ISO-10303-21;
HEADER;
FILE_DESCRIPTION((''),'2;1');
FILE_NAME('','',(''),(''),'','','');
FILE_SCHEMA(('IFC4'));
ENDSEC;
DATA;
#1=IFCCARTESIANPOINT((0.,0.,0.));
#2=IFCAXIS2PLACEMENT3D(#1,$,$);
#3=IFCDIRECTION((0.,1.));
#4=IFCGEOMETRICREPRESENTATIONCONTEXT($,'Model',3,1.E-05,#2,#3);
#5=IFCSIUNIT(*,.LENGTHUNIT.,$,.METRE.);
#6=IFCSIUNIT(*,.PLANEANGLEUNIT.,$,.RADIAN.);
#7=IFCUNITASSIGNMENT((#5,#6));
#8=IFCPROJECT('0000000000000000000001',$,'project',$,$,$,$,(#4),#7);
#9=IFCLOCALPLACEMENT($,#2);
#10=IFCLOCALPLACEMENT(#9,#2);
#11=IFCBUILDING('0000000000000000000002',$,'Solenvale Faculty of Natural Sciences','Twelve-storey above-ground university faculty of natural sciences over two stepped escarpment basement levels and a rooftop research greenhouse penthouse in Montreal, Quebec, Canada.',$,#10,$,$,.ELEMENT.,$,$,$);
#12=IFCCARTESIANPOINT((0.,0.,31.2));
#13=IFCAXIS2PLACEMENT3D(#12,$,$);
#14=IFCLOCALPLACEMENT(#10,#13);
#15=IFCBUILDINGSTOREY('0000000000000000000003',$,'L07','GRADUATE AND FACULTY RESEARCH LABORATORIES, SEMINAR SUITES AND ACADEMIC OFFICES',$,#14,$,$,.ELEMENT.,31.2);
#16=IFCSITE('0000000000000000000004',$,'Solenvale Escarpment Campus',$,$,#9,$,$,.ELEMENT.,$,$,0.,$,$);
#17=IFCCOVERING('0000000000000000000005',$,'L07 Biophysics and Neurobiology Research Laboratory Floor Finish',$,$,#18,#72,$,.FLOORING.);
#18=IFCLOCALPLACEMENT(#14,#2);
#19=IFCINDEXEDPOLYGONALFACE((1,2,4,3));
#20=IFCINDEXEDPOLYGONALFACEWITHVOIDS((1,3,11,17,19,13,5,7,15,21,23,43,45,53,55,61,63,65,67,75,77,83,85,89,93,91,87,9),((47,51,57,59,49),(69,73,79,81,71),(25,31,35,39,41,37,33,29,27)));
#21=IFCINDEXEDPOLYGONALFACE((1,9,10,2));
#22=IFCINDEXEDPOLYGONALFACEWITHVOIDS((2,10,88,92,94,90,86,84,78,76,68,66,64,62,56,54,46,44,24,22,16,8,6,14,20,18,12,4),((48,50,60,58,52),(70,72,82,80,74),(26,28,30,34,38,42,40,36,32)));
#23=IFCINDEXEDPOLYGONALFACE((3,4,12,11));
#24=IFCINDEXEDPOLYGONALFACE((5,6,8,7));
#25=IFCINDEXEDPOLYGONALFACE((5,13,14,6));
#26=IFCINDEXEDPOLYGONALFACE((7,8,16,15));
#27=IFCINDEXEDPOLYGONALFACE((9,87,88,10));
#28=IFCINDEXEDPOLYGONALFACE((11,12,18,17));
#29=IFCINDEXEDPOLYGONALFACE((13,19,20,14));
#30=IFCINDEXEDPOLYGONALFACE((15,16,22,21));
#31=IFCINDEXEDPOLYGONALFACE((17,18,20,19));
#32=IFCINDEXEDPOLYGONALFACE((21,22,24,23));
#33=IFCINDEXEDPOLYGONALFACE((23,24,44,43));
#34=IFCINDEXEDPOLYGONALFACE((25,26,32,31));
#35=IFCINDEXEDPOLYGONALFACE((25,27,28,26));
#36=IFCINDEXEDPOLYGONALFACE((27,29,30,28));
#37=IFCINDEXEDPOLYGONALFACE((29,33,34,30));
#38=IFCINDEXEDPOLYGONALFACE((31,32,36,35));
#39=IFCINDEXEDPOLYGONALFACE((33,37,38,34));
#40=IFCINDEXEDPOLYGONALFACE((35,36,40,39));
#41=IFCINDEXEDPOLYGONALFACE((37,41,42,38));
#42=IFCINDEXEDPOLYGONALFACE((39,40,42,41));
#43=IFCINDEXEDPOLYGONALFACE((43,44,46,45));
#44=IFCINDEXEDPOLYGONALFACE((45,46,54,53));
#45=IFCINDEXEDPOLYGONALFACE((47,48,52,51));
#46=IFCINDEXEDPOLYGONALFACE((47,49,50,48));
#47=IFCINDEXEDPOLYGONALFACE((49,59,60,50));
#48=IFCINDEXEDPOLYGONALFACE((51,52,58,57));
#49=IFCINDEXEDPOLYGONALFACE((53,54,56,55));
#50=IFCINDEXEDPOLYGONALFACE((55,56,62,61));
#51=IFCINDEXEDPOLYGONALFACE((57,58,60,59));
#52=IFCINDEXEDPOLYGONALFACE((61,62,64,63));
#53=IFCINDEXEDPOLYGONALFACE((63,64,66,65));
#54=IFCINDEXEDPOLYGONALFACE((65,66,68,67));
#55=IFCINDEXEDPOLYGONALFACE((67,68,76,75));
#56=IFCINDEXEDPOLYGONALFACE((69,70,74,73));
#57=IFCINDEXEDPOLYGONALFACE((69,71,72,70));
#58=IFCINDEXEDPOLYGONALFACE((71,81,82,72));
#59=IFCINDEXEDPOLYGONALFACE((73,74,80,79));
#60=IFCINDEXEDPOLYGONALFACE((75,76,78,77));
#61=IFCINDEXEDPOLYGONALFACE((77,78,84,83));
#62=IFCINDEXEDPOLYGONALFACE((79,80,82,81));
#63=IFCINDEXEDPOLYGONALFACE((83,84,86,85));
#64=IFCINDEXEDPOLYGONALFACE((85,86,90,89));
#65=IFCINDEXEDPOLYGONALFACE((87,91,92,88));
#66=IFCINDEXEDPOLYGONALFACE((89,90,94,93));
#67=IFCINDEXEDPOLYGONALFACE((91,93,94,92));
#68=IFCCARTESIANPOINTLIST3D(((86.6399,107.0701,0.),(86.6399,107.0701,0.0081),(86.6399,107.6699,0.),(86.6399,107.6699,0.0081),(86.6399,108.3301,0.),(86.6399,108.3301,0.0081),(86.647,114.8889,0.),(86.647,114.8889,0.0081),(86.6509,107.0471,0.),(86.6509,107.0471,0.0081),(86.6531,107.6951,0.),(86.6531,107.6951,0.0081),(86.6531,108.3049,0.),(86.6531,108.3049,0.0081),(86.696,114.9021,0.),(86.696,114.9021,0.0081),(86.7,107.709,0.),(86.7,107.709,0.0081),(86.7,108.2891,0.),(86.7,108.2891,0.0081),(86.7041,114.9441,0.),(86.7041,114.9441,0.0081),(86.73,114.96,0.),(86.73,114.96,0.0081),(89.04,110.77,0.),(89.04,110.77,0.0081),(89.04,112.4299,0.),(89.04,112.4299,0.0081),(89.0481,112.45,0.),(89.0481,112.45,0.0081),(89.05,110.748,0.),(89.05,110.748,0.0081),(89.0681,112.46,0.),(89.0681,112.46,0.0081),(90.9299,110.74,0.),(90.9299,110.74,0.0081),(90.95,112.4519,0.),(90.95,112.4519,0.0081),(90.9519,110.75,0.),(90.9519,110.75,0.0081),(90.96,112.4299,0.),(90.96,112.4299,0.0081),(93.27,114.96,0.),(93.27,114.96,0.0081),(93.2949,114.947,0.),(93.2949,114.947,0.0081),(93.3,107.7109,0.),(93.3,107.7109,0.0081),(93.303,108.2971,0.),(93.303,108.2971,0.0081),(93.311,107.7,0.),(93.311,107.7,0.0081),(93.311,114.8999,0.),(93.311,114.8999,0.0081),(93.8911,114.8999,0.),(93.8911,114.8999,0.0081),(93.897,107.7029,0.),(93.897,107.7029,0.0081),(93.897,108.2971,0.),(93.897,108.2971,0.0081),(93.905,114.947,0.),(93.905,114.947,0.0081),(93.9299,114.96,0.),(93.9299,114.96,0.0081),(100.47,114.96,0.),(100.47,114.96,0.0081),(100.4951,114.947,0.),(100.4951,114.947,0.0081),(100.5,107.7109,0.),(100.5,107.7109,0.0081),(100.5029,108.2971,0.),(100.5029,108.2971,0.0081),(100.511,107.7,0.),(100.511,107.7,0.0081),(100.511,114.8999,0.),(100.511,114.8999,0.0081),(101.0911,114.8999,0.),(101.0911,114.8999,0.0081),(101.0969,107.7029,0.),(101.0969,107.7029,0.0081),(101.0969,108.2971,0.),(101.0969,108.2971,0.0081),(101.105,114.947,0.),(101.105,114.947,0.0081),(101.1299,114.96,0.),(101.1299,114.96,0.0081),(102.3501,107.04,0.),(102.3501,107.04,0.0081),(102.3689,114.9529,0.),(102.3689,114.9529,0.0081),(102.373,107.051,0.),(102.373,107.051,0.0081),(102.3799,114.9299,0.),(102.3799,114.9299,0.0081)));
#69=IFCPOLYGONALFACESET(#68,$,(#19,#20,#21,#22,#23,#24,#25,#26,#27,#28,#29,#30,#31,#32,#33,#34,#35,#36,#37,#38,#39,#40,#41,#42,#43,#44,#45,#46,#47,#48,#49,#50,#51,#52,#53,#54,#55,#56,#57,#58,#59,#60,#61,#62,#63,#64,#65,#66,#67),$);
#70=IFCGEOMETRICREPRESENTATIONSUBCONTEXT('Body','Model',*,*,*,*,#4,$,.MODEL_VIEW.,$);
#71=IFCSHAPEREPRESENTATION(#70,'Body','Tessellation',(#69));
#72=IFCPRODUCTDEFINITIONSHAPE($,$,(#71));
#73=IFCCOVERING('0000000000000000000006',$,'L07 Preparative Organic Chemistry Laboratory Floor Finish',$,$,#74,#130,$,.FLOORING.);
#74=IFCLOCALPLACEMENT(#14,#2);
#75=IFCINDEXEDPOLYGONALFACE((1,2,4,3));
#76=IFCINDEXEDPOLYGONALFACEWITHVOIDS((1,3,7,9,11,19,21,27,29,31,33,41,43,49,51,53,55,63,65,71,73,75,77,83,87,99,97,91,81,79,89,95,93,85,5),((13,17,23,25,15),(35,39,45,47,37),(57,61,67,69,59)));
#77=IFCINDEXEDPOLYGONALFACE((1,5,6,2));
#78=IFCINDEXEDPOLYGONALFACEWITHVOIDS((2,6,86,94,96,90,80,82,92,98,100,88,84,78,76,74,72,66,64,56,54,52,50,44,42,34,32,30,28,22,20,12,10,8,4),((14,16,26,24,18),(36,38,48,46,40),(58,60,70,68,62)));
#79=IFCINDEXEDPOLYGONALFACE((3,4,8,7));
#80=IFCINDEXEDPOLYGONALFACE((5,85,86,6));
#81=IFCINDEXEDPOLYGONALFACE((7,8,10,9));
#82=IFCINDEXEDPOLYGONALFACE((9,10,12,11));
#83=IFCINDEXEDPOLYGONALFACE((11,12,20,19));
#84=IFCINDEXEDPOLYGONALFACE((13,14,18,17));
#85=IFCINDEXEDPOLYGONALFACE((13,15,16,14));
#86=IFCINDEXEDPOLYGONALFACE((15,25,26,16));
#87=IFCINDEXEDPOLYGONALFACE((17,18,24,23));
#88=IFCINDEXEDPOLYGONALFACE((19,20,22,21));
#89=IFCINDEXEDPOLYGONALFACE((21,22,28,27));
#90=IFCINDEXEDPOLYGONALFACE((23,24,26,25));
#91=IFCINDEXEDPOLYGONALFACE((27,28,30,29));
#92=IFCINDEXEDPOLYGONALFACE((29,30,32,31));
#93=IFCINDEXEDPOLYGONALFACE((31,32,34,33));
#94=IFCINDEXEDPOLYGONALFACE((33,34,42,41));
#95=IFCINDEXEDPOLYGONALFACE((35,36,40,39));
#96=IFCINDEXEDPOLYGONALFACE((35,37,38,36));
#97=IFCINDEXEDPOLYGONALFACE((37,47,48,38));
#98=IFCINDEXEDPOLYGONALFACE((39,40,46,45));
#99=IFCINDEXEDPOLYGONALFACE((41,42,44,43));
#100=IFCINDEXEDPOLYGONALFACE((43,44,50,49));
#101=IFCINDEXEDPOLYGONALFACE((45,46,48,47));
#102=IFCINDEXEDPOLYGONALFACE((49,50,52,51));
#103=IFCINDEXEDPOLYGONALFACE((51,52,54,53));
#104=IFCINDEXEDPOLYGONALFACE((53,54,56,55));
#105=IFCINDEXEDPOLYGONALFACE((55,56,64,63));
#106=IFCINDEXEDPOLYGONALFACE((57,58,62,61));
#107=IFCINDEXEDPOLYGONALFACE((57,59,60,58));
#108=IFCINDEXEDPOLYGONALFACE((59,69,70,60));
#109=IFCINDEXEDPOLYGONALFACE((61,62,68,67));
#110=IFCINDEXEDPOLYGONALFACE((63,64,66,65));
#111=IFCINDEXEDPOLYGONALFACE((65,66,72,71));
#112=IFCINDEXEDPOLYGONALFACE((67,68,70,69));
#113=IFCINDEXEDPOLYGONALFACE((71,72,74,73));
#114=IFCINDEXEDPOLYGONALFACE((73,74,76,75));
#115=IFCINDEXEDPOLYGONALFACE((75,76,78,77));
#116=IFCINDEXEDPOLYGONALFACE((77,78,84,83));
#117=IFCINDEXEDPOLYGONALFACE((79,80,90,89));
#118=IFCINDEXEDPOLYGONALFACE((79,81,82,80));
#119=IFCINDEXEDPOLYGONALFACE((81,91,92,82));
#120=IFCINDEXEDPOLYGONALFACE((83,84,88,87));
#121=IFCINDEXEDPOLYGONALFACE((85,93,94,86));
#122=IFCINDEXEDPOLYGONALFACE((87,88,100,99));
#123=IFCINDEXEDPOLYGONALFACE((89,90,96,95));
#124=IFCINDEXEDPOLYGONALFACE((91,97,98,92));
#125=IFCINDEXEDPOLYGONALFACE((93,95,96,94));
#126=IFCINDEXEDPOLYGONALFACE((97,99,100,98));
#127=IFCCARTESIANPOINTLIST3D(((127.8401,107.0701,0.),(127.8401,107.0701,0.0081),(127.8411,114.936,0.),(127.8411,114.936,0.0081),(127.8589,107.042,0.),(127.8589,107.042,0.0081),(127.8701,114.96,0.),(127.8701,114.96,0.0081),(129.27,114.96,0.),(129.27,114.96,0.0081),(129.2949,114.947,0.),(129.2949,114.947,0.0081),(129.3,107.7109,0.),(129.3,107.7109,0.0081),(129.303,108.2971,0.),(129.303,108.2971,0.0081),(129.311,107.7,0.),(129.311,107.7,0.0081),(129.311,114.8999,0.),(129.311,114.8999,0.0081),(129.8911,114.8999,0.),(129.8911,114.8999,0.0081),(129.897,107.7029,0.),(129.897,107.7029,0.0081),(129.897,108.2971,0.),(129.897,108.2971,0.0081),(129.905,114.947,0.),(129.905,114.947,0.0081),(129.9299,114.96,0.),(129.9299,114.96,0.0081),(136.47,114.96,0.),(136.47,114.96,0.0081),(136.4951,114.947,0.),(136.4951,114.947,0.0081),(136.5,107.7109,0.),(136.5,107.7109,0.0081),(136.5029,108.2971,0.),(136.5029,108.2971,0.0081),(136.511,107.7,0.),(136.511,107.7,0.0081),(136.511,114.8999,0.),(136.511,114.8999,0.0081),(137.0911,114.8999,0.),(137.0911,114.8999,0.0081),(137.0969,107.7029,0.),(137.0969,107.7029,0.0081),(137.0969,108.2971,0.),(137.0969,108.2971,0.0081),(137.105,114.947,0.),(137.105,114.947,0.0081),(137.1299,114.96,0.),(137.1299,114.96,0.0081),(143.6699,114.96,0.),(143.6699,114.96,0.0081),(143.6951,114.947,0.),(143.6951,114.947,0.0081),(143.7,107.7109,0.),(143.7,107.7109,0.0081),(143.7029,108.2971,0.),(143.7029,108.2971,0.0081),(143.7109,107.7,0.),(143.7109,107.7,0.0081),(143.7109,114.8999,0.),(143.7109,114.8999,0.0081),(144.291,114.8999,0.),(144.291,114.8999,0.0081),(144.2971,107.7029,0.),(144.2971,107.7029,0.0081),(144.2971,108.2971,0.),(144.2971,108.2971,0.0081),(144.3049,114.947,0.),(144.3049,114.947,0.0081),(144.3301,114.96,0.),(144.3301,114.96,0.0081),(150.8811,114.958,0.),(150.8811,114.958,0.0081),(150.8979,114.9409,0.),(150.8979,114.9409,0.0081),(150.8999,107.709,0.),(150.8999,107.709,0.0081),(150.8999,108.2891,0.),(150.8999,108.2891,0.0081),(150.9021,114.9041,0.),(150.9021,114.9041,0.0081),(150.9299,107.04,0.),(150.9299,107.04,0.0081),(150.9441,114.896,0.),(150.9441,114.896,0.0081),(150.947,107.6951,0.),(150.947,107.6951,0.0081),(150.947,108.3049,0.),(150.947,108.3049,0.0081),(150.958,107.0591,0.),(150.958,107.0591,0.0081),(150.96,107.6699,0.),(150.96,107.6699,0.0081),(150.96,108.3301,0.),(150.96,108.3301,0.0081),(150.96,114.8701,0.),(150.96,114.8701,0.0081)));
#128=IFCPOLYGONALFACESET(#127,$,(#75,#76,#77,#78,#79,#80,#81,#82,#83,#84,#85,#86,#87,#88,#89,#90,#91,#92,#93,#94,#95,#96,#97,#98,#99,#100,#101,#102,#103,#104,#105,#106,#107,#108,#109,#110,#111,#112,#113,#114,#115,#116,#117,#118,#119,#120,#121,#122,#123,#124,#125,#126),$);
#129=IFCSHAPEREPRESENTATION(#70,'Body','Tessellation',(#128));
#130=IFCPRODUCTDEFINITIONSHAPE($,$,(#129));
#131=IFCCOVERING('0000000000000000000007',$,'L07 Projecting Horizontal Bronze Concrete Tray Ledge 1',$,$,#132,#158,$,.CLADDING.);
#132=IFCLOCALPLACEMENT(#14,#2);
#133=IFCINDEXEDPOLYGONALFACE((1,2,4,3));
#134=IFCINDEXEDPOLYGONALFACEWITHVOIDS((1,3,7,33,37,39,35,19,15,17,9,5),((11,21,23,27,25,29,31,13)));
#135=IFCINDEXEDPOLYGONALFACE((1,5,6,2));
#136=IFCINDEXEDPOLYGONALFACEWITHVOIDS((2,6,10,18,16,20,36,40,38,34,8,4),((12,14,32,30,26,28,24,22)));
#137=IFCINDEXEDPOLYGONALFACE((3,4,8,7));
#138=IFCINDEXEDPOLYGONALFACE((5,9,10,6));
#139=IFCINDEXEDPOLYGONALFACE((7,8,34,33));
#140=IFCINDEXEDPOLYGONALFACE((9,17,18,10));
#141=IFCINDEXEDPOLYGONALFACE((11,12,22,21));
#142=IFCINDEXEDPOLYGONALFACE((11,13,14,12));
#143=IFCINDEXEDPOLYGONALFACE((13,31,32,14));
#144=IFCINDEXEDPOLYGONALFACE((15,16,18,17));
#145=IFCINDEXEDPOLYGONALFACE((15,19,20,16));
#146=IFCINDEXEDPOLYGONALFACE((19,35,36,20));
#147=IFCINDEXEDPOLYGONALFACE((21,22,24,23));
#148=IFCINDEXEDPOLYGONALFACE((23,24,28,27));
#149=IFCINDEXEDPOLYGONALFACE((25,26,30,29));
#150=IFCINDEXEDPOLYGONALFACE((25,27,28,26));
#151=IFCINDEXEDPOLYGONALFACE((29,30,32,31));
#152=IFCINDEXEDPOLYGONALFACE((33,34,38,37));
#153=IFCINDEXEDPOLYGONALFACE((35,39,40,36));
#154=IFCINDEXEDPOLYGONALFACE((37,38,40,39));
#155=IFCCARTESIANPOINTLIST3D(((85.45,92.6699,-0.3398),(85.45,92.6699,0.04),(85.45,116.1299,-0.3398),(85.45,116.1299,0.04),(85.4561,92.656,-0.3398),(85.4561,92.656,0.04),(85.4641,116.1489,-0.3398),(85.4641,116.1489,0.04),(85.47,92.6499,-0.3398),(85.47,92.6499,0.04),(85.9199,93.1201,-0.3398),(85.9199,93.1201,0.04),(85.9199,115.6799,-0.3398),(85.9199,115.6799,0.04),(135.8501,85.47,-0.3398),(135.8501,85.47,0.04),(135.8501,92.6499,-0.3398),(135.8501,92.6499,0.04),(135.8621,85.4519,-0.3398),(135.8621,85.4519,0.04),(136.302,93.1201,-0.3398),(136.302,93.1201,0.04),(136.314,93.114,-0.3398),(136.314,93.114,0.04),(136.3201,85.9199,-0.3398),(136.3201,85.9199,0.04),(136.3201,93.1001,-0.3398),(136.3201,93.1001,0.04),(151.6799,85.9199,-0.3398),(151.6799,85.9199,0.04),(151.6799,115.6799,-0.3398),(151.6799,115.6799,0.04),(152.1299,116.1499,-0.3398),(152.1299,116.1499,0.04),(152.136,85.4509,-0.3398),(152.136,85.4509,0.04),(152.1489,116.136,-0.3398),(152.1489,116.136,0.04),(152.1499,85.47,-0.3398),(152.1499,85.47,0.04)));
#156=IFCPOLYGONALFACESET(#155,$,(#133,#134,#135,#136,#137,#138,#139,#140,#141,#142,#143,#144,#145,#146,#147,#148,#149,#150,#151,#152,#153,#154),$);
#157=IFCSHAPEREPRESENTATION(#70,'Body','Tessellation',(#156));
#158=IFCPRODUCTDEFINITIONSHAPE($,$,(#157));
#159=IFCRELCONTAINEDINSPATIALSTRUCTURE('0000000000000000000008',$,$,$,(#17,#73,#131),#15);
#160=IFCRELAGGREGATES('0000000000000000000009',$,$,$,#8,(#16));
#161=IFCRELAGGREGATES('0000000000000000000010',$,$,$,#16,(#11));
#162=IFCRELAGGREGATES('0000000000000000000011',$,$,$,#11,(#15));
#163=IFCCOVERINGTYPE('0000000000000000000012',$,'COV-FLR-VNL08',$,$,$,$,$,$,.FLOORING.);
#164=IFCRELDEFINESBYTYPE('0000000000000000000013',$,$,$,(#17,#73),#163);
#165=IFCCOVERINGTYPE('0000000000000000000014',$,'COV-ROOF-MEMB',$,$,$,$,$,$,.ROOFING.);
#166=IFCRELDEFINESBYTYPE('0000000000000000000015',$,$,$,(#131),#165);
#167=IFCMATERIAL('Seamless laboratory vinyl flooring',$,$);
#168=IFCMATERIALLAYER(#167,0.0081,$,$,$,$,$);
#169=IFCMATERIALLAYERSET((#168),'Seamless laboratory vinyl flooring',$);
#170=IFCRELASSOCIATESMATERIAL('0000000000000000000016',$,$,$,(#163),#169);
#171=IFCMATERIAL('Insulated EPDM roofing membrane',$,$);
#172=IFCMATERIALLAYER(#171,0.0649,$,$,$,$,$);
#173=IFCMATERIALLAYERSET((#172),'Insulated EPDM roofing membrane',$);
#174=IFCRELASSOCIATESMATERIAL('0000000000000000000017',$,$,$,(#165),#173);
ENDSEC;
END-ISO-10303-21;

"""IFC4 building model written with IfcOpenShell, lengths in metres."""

from ifc_helpers import new_model, si_unit, direction, frame, origin, place, context, subcontext, project, spatial, polyline, outline, extrude, material, layer, layer_set, type_object, element, save


model = new_model("IFC4")

# Units and contexts
model_context = context("Model", 3, precision=1e-05, world=origin(), true_north=direction((0.0, 1.0)))
body_context = subcontext(model_context, "Body", "Model", "MODEL_VIEW")
ifc_project = project(units=[si_unit("LENGTHUNIT", "METRE"), si_unit("PLANEANGLEUNIT", "RADIAN")], contexts=[model_context])

# Site, building, storey
site_placement = place(None, origin())
site = spatial("IfcSite", under=ifc_project, at=site_placement, Name="Solenvale Escarpment Campus", CompositionType="ELEMENT", RefElevation=0.0)
building_placement = place(site_placement, origin())
building = spatial("IfcBuilding", under=site, at=building_placement, Name="Solenvale Faculty of Natural Sciences", Description="Twelve-storey above-ground university faculty of natural sciences over two stepped escarpment basement levels and a rooftop research greenhouse penthouse in Montreal, Quebec, Canada.", CompositionType="ELEMENT")
storey_placement = place(building_placement, frame((0.0, 0.0, 31.2)))
storey = spatial("IfcBuildingStorey", under=building, at=storey_placement, Name="L07", Description="GRADUATE AND FACULTY RESEARCH LABORATORIES, SEMINAR SUITES AND ACADEMIC OFFICES", CompositionType="ELEMENT", Elevation=31.2)

# Coverings
ifc_material_1 = material(Name="Seamless laboratory vinyl flooring")
ifc_layer_1 = layer(ifc_material_1, 0.0081)
ifc_layer_set_1 = layer_set([ifc_layer_1], Name="Seamless laboratory vinyl flooring")
covering_type_1 = type_object("IfcCoveringType", Name="COV-FLR-VNL08", PredefinedType="FLOORING", material=ifc_layer_set_1)
covering_1_placement = place(storey_placement, origin())
element("IfcCovering", 1, at=covering_1_placement, inside=storey, type_object=covering_type_1, Name="L07 Biophysics and Neurobiology Research Laboratory Floor Finish", PredefinedType="FLOORING", context=body_context, shape_type="SweptSolid", body=[
    extrude(outline(polyline([(93.27, 114.96), (93.2949, 114.947), (93.311, 114.8999), (93.8911, 114.8999), (93.905, 114.947), (93.9299, 114.96), (100.47, 114.96), (100.4951, 114.947), (100.511, 114.8999), (101.0911, 114.8999), (101.105, 114.947), (101.1299, 114.96), (102.3689, 114.9529), (102.3799, 114.9299), (102.373, 107.051), (102.3501, 107.04), (86.6509, 107.0471), (86.6399, 107.0701), (86.6399, 107.6699), (86.6531, 107.6951), (86.7, 107.709), (86.7, 108.2891), (86.6531, 108.3049), (86.6399, 108.3301), (86.647, 114.8889), (86.696, 114.9021), (86.7041, 114.9441), (86.73, 114.96), (93.27, 114.96)]), holes=[polyline([(100.5, 107.7109), (100.511, 107.7), (101.0969, 107.7029), (101.0969, 108.2971), (100.5029, 108.2971), (100.5, 107.7109)]), polyline([(93.3, 107.7109), (93.311, 107.7), (93.897, 107.7029), (93.897, 108.2971), (93.303, 108.2971), (93.3, 107.7109)]), polyline([(89.0681, 112.46), (89.0481, 112.45), (89.04, 112.4299), (89.04, 110.77), (89.05, 110.748), (90.9299, 110.74), (90.9519, 110.75), (90.96, 112.4299), (90.95, 112.4519), (89.0681, 112.46)])]), origin(), (0.0, 0.0, 1.0), 0.0081),
])
covering_2_placement = place(storey_placement, origin())
element("IfcCovering", 2, at=covering_2_placement, inside=storey, type_object=covering_type_1, Name="L07 Preparative Organic Chemistry Laboratory Floor Finish", PredefinedType="FLOORING", context=body_context, shape_type="SweptSolid", body=[
    extrude(outline(polyline([(129.27, 114.96), (129.2949, 114.947), (129.311, 114.8999), (129.8911, 114.8999), (129.905, 114.947), (129.9299, 114.96), (136.47, 114.96), (136.4951, 114.947), (136.511, 114.8999), (137.0911, 114.8999), (137.105, 114.947), (137.1299, 114.96), (143.6699, 114.96), (143.6951, 114.947), (143.7109, 114.8999), (144.291, 114.8999), (144.3049, 114.947), (144.3301, 114.96), (150.8811, 114.958), (150.8979, 114.9409), (150.9021, 114.9041), (150.9441, 114.896), (150.96, 114.8701), (150.96, 108.3301), (150.947, 108.3049), (150.8999, 108.2891), (150.8999, 107.709), (150.947, 107.6951), (150.96, 107.6699), (150.958, 107.0591), (150.9299, 107.04), (127.8589, 107.042), (127.8401, 107.0701), (127.8411, 114.936), (127.8701, 114.96), (129.27, 114.96)]), holes=[polyline([(143.7, 107.7109), (143.7109, 107.7), (144.2971, 107.7029), (144.2971, 108.2971), (143.7029, 108.2971), (143.7, 107.7109)]), polyline([(136.5, 107.7109), (136.511, 107.7), (137.0969, 107.7029), (137.0969, 108.2971), (136.5029, 108.2971), (136.5, 107.7109)]), polyline([(129.3, 107.7109), (129.311, 107.7), (129.897, 107.7029), (129.897, 108.2971), (129.303, 108.2971), (129.3, 107.7109)])]), origin(), (0.0, 0.0, 1.0), 0.0081),
])
ifc_material_2 = material(Name="Insulated EPDM roofing membrane")
ifc_layer_2 = layer(ifc_material_2, 0.0649)
ifc_layer_set_2 = layer_set([ifc_layer_2], Name="Insulated EPDM roofing membrane")
covering_type_2 = type_object("IfcCoveringType", Name="COV-ROOF-MEMB", PredefinedType="ROOFING", material=ifc_layer_set_2)
covering_3_placement = place(storey_placement, frame((0.0, 0.0, -0.3398)))
element("IfcCovering", 3, at=covering_3_placement, inside=storey, type_object=covering_type_2, Name="L07 Projecting Horizontal Bronze Concrete Tray Ledge 1", PredefinedType="CLADDING", context=body_context, shape_type="SweptSolid", body=[
    extrude(outline(polyline([(85.47, 92.6499), (85.4561, 92.656), (85.45, 92.6699), (85.45, 116.1299), (85.4641, 116.1489), (152.1299, 116.1499), (152.1489, 116.136), (152.1499, 85.47), (152.136, 85.4509), (135.8621, 85.4519), (135.8501, 85.47), (135.8501, 92.6499), (85.47, 92.6499)]), holes=[polyline([(85.9199, 93.1201), (136.302, 93.1201), (136.314, 93.114), (136.3201, 93.1001), (136.3201, 85.9199), (151.6799, 85.9199), (151.6799, 115.6799), (85.9199, 115.6799), (85.9199, 93.1201)])]), origin(), (0.0, 0.0, 1.0), 0.3799),
])

save(model, "model.ifc")
